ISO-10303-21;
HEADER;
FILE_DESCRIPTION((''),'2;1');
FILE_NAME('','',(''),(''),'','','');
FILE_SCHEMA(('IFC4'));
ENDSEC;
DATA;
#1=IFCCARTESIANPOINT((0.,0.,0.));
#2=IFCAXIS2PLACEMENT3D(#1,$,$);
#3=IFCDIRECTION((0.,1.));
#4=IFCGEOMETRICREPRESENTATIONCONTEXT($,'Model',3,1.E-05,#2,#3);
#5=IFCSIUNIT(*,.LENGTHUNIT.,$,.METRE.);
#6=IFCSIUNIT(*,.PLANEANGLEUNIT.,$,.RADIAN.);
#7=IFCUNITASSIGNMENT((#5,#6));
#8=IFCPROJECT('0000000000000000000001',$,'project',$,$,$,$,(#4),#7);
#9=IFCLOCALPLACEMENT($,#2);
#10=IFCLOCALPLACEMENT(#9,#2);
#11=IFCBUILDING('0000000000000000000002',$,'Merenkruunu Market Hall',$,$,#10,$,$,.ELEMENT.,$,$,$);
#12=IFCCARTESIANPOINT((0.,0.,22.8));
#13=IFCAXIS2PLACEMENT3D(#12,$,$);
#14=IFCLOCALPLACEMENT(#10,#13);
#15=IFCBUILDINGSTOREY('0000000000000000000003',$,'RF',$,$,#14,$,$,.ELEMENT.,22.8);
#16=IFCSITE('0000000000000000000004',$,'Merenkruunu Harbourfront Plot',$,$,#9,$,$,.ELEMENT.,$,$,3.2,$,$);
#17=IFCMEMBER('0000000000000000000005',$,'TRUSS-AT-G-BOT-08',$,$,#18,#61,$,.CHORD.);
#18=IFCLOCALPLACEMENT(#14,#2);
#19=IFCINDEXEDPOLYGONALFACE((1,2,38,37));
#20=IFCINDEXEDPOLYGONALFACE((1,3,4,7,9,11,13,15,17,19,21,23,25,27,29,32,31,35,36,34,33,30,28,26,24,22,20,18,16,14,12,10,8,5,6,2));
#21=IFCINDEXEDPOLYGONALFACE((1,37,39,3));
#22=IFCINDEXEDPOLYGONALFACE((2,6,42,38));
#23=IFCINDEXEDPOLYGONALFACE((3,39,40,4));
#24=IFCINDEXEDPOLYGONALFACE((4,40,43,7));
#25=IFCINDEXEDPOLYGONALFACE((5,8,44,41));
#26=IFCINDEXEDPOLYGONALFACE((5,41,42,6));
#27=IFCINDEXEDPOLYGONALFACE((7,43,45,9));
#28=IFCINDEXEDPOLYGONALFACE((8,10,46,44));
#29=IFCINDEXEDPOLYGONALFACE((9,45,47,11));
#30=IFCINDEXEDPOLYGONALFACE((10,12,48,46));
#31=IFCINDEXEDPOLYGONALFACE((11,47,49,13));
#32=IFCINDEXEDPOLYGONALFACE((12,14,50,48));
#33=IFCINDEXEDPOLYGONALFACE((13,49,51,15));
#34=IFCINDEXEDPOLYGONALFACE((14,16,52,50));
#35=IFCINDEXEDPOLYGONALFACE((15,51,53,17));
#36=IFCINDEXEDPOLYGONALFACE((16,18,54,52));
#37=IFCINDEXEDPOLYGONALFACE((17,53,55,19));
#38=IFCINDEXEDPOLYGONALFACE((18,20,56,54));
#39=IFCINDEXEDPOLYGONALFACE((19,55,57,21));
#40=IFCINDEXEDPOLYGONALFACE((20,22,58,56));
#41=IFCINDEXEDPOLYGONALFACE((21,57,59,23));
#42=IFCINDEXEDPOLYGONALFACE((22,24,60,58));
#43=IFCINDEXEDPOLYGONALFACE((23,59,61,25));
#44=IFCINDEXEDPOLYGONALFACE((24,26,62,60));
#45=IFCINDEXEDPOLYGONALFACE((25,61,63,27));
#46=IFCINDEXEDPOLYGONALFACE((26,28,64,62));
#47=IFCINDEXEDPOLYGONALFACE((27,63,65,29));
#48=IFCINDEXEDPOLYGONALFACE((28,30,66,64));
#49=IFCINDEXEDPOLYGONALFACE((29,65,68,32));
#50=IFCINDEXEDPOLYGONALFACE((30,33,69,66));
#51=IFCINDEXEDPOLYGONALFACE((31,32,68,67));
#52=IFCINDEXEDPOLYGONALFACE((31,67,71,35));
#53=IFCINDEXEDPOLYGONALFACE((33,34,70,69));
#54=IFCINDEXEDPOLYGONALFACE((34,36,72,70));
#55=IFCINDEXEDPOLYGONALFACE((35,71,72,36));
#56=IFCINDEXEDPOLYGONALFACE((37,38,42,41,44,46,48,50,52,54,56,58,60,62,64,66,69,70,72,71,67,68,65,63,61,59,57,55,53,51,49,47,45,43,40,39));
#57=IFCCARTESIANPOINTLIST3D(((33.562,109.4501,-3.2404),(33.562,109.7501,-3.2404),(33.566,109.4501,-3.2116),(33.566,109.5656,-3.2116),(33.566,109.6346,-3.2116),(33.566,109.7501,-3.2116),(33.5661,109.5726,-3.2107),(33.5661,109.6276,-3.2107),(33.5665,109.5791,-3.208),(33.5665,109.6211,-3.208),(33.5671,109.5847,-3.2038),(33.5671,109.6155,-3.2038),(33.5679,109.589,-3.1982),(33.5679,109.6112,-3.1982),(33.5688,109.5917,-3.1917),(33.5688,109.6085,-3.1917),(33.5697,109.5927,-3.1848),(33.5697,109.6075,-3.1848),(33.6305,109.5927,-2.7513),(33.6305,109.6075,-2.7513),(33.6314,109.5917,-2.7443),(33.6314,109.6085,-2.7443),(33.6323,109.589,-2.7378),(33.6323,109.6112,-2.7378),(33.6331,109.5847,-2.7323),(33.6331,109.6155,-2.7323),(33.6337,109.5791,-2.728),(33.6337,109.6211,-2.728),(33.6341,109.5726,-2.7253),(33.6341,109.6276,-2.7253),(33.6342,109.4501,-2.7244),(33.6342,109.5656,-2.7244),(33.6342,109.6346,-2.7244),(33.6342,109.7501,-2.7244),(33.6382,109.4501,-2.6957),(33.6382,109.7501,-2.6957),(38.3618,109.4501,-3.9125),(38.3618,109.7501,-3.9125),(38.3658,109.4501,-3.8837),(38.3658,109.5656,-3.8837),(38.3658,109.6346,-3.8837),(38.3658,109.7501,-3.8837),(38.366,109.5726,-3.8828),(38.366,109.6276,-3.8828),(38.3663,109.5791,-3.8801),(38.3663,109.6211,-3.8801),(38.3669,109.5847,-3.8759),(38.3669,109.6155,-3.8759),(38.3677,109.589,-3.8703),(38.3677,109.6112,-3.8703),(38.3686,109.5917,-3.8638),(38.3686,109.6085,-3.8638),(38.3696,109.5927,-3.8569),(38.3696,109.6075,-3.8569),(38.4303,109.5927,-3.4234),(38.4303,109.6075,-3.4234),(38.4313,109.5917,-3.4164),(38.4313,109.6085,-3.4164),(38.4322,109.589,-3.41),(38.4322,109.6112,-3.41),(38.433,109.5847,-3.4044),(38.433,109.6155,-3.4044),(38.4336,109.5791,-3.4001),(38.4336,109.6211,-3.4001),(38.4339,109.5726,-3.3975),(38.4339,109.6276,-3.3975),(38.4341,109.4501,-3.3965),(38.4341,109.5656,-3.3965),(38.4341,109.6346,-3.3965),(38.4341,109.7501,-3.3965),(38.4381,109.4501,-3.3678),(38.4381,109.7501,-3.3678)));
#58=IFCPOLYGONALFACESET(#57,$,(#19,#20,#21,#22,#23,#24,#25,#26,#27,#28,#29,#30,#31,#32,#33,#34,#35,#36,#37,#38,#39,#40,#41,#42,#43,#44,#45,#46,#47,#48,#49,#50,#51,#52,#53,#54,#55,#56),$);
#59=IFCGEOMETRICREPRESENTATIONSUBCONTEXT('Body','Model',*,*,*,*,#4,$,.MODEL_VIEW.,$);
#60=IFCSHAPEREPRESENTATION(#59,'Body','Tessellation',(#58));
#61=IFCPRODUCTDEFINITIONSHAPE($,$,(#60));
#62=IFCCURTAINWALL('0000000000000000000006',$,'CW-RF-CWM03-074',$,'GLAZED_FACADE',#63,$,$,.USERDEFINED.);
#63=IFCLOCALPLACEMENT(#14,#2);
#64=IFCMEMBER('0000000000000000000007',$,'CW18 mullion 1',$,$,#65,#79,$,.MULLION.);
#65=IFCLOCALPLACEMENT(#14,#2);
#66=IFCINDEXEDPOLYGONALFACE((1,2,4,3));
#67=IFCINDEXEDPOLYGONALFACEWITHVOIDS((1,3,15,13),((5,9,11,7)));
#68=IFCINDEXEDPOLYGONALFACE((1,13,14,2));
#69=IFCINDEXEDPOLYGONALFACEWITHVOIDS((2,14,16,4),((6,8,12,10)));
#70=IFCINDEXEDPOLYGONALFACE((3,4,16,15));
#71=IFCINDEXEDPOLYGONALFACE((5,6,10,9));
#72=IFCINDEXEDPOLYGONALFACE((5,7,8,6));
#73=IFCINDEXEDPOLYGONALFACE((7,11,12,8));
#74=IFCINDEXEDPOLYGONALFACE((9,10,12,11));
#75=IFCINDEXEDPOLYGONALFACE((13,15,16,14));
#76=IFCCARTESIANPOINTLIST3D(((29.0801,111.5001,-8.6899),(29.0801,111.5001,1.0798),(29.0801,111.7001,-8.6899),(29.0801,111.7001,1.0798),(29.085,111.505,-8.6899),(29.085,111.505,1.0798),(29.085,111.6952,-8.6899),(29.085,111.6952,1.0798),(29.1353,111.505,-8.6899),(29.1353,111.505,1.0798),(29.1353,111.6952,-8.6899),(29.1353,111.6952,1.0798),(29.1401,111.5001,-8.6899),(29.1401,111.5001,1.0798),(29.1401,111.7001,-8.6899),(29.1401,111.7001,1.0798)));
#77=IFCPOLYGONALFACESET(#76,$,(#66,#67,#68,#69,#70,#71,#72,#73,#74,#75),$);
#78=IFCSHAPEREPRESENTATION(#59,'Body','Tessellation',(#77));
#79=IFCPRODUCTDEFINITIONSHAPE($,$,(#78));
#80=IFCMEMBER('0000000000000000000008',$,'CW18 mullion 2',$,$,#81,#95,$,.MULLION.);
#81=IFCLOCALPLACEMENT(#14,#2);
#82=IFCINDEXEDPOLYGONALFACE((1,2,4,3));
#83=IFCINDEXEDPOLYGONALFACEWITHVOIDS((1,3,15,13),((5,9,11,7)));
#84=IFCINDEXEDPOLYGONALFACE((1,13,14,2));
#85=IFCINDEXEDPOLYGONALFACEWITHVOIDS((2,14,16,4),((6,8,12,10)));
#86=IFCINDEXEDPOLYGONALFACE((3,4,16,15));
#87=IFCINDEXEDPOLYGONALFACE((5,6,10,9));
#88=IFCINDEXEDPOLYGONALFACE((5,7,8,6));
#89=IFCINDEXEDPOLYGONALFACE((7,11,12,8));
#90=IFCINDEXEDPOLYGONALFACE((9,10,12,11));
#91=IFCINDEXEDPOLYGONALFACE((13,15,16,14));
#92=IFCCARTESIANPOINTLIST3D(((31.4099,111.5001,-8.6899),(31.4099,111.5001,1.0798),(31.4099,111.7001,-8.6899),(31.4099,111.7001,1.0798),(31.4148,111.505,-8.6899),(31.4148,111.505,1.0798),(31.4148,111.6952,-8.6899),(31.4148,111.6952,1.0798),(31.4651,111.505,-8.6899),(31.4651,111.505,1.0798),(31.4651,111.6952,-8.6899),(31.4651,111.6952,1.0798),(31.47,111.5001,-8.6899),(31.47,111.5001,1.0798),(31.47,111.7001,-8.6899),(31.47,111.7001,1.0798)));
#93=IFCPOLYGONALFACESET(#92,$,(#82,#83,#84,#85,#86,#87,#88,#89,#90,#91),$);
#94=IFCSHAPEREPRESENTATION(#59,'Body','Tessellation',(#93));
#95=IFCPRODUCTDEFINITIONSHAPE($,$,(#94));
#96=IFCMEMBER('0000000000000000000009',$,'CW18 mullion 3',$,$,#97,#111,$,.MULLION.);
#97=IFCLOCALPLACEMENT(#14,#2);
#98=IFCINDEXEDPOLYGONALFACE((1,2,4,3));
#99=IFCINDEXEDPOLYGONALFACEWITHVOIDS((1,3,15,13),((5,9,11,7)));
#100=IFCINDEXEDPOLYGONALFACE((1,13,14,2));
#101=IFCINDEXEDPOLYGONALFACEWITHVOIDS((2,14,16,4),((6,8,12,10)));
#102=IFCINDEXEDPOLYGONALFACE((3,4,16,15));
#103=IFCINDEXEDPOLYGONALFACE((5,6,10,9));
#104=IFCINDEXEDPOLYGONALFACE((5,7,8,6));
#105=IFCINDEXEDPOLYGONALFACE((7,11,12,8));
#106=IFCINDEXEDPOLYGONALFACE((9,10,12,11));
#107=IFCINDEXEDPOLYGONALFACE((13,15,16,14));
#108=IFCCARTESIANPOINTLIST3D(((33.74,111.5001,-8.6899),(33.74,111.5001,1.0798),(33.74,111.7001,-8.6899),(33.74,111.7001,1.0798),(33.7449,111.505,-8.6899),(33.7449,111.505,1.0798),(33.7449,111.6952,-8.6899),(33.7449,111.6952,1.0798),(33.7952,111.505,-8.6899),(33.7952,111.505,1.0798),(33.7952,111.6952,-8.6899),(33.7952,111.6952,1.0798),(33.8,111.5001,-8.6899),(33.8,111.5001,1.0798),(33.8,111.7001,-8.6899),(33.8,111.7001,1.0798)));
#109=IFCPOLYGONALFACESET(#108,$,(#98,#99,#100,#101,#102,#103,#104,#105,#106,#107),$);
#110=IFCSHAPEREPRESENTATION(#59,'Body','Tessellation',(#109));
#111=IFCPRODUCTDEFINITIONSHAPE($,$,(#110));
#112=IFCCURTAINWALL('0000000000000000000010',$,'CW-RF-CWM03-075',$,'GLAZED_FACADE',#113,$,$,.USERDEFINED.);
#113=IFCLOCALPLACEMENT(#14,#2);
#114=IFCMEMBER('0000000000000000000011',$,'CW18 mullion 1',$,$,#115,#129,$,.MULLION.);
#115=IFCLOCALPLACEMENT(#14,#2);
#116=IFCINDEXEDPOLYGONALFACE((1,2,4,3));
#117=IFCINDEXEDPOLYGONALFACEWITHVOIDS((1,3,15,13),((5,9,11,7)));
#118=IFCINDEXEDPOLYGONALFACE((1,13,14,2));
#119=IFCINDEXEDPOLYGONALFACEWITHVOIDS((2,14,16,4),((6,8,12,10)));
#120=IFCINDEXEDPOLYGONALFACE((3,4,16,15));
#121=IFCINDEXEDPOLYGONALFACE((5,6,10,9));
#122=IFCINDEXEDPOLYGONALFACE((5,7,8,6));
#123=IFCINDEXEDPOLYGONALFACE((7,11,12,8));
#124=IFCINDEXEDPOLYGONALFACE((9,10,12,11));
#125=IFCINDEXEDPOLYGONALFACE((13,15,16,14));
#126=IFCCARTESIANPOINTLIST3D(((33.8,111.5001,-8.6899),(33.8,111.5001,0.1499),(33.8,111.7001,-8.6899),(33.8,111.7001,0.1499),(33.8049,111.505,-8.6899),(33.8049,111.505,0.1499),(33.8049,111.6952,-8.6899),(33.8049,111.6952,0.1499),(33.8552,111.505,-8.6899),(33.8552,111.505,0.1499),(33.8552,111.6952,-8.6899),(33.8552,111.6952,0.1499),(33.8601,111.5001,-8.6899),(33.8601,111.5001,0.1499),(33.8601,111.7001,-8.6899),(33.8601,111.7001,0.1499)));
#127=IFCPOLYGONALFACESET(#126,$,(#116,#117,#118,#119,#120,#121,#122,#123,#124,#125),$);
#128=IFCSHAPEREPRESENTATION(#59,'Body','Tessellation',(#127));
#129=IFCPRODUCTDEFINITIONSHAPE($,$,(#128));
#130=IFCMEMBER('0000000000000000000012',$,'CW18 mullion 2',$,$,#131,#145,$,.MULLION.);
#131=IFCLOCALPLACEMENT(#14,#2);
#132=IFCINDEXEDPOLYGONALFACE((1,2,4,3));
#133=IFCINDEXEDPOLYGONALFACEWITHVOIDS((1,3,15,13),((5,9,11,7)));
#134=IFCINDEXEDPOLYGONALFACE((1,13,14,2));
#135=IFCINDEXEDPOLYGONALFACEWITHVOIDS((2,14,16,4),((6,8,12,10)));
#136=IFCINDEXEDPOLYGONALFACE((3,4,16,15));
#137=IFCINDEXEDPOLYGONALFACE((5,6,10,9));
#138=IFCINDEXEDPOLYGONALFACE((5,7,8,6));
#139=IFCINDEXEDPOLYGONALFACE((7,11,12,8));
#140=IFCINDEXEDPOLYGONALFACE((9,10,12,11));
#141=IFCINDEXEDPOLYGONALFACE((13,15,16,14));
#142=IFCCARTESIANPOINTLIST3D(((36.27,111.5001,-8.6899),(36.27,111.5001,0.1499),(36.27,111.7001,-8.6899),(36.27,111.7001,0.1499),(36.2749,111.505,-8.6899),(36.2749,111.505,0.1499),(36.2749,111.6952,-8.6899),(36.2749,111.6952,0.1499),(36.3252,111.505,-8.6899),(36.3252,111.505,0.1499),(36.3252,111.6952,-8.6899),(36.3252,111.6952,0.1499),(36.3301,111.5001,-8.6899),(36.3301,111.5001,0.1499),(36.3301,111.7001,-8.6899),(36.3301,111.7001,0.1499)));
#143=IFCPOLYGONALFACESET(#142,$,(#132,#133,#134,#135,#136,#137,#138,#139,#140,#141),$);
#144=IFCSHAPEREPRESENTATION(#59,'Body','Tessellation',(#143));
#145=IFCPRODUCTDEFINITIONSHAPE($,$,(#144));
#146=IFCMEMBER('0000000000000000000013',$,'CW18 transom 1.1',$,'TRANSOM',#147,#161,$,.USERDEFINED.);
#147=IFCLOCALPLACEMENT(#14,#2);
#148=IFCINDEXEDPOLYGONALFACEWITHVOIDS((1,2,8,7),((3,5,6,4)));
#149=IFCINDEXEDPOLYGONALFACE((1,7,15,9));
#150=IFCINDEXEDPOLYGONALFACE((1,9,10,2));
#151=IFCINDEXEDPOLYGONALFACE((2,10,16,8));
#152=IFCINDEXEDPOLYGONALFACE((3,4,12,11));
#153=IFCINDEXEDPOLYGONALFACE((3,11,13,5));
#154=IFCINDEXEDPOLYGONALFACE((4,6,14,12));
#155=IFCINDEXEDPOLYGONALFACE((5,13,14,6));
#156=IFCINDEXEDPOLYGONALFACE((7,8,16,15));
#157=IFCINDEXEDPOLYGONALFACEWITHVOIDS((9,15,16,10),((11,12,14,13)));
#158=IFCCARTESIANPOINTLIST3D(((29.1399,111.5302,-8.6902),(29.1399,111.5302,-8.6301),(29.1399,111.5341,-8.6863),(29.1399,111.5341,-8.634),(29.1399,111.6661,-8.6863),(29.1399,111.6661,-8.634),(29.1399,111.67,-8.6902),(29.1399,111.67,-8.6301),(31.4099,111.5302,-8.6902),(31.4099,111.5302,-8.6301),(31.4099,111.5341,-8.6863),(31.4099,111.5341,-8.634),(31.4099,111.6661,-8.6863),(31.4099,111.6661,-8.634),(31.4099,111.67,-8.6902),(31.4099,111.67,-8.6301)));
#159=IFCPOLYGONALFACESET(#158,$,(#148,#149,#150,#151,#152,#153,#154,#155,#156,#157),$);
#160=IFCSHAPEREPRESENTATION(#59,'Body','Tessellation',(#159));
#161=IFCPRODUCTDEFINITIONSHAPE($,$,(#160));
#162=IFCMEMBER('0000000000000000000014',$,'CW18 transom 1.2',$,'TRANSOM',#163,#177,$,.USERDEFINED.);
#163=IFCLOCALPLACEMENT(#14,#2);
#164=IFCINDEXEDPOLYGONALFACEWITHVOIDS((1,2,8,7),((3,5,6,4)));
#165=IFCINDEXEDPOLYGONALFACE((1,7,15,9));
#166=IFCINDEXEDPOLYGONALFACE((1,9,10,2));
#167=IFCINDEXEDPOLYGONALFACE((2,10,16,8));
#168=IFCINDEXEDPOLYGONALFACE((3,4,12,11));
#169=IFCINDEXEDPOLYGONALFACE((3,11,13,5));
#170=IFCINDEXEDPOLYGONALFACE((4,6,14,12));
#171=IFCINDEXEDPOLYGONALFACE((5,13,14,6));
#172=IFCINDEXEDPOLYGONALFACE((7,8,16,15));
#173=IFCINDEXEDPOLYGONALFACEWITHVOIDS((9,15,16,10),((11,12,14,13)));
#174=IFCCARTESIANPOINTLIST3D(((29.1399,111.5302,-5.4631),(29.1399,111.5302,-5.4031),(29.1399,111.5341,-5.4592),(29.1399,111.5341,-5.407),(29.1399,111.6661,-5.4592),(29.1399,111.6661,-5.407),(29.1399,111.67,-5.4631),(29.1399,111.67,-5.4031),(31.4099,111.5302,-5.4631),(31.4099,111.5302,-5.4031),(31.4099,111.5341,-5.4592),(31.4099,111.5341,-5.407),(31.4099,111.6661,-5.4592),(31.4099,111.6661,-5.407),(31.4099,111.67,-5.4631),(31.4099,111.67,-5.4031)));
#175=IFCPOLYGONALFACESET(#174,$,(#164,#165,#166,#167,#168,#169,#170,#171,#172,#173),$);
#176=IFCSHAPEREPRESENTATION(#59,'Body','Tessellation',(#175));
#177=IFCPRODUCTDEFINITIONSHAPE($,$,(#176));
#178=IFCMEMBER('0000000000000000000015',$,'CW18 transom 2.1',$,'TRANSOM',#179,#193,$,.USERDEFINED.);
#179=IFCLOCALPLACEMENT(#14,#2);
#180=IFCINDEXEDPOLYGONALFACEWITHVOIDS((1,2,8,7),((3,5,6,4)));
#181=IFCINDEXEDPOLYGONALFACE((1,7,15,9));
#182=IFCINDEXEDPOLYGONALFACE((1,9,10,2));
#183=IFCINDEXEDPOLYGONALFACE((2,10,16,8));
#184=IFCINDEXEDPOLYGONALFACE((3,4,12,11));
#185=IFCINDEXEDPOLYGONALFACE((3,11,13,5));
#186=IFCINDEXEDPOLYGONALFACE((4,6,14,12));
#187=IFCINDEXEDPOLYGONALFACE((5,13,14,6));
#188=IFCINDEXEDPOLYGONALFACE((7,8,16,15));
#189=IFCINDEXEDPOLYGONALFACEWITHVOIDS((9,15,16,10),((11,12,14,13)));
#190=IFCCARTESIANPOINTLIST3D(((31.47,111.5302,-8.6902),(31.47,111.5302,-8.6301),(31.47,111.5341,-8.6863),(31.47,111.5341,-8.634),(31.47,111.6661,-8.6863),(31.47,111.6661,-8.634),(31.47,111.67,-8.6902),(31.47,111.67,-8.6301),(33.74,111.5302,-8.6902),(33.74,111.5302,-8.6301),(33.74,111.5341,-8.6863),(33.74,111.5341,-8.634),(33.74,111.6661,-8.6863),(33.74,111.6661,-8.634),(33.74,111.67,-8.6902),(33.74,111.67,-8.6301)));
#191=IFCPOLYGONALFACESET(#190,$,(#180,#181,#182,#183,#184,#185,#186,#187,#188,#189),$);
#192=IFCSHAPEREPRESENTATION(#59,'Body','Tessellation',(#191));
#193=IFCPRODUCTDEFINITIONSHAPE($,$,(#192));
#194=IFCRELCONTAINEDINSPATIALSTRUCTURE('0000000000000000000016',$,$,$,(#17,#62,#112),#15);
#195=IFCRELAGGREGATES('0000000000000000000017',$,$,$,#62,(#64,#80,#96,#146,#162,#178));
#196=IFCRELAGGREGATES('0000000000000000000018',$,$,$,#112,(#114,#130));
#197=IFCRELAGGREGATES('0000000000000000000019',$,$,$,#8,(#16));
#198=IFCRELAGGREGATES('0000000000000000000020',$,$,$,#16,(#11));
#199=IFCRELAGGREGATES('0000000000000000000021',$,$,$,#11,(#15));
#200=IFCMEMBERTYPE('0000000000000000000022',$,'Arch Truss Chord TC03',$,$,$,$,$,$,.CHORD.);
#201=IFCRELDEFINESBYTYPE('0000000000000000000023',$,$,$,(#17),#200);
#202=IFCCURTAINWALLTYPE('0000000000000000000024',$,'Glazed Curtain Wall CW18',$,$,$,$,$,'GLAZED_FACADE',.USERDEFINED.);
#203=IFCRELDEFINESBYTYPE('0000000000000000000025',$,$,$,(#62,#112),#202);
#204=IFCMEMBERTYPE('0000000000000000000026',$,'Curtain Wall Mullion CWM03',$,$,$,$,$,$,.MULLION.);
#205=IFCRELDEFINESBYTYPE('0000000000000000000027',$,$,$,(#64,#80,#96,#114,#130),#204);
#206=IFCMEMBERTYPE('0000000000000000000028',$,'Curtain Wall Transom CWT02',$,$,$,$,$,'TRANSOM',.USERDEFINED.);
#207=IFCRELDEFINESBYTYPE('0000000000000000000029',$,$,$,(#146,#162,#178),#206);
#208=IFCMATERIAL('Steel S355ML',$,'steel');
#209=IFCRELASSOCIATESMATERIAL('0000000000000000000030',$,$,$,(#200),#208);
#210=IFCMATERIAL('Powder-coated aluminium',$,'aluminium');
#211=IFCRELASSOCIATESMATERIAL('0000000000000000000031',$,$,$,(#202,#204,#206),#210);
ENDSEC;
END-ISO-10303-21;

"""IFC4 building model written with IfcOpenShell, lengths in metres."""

from ifc_helpers import new_model, si_unit, direction, frame, origin, origin_2d, place, context, subcontext, project, spatial, hollow_rectangle, i_section, extrude, material, material_profile, profile_set, type_object, element, aggregate, save


model = new_model("IFC4")

# Units and contexts
model_context = context("Model", 3, precision=1e-05, world=origin(), true_north=direction((0.0, 1.0)))
body_context = subcontext(model_context, "Body", "Model", "MODEL_VIEW")
ifc_project = project(units=[si_unit("LENGTHUNIT", "METRE"), si_unit("PLANEANGLEUNIT", "RADIAN")], contexts=[model_context])

# Site, building, storey
site_placement = place(None, origin())
site = spatial("IfcSite", under=ifc_project, at=site_placement, Name="Merenkruunu Harbourfront Plot", CompositionType="ELEMENT", RefElevation=3.2)
building_placement = place(site_placement, origin())
building = spatial("IfcBuilding", under=site, at=building_placement, Name="Merenkruunu Market Hall", CompositionType="ELEMENT")
storey_placement = place(building_placement, frame((0.0, 0.0, 22.8)))
storey = spatial("IfcBuildingStorey", under=building, at=storey_placement, Name="RF", CompositionType="ELEMENT", Elevation=22.8)

# Member
ifc_material_1 = material(Name="Steel S355ML", Category="steel")
ifc_material_profile_1 = material_profile(ifc_material_1, i_section(OverallWidth=0.3, OverallDepth=0.55, WebThickness=0.0149, FlangeThickness=0.0291, FilletRadius=0.0271, at=origin_2d()), Name="HEB 550")
ifc_profile_set_1 = profile_set([ifc_material_profile_1], Name="Steel S355ML")
member_type_1 = type_object("IfcMemberType", Name="Arch Truss Chord TC03", PredefinedType="CHORD", material=ifc_profile_set_1)
member_1_placement = place(storey_placement, frame((33.6001, 109.6001, -2.968), z_axis=(0.990338, 0.0, -0.138677), x_axis=(0.0, 1.0, 0.0)))
element("IfcMember", 1, at=member_1_placement, inside=storey, type_object=member_type_1, Name="TRUSS-AT-G-BOT-08", PredefinedType="CHORD", context=body_context, shape_type="SweptSolid", body=[
    extrude(i_section(OverallWidth=0.3, OverallDepth=0.55, WebThickness=0.0149, FlangeThickness=0.0291, FilletRadius=0.0271, at=origin_2d()), origin(), (0.0, 0.0, 1.0), 4.8467),
])

# Curtain walls, members
ifc_material_2 = material(Name="Powder-coated aluminium", Category="aluminium")
curtain_wall_type = type_object("IfcCurtainWallType", Name="Glazed Curtain Wall CW18", ElementType="GLAZED_FACADE", PredefinedType="USERDEFINED", material=ifc_material_2)
curtain_wall_1_placement = place(storey_placement, origin())
curtain_wall_1 = element("IfcCurtainWall", 2, at=curtain_wall_1_placement, inside=storey, type_object=curtain_wall_type, Name="CW-RF-CWM03-074", ObjectType="GLAZED_FACADE", PredefinedType="USERDEFINED")
ifc_material_profile_2 = material_profile(ifc_material_2, hollow_rectangle(XDim=0.0601, YDim=0.2, WallThickness=0.0049, at=origin_2d()), Name="ALU 60x200x5")
ifc_profile_set_2 = profile_set([ifc_material_profile_2], Name="Powder-coated aluminium")
member_type_2 = type_object("IfcMemberType", Name="Curtain Wall Mullion CWM03", PredefinedType="MULLION", material=ifc_profile_set_2)
member_2_placement = place(storey_placement, frame((29.1101, 111.6001, -8.6899), z_axis=(0.0, 0.0, 1.0), x_axis=(1.0, 0.0, 0.0)))
member_2 = element("IfcMember", 3, at=member_2_placement, type_object=member_type_2, Name="CW18 mullion 1", PredefinedType="MULLION", context=body_context, shape_type="SweptSolid", body=[
    extrude(hollow_rectangle(XDim=0.0601, YDim=0.2, WallThickness=0.0049, at=origin_2d()), origin(), (0.0, 0.0, 1.0), 9.7698),
])
member_3_placement = place(storey_placement, frame((31.4399, 111.6001, -8.6899), z_axis=(0.0, 0.0, 1.0), x_axis=(1.0, 0.0, 0.0)))
member_3 = element("IfcMember", 4, at=member_3_placement, type_object=member_type_2, Name="CW18 mullion 2", PredefinedType="MULLION", context=body_context, shape_type="SweptSolid", body=[
    extrude(hollow_rectangle(XDim=0.0601, YDim=0.2, WallThickness=0.0049, at=origin_2d()), origin(), (0.0, 0.0, 1.0), 9.7698),
])
member_4_placement = place(storey_placement, frame((33.77, 111.6001, -8.6899), z_axis=(0.0, 0.0, 1.0), x_axis=(1.0, 0.0, 0.0)))
member_4 = element("IfcMember", 5, at=member_4_placement, type_object=member_type_2, Name="CW18 mullion 3", PredefinedType="MULLION", context=body_context, shape_type="SweptSolid", body=[
    extrude(hollow_rectangle(XDim=0.0601, YDim=0.2, WallThickness=0.0049, at=origin_2d()), origin(), (0.0, 0.0, 1.0), 9.7698),
])
curtain_wall_2_placement = place(storey_placement, origin())
curtain_wall_2 = element("IfcCurtainWall", 6, at=curtain_wall_2_placement, inside=storey, type_object=curtain_wall_type, Name="CW-RF-CWM03-075", ObjectType="GLAZED_FACADE", PredefinedType="USERDEFINED")
member_5_placement = place(storey_placement, frame((33.8301, 111.6001, -8.6899), z_axis=(0.0, 0.0, 1.0), x_axis=(1.0, 0.0, 0.0)))
member_5 = element("IfcMember", 7, at=member_5_placement, type_object=member_type_2, Name="CW18 mullion 1", PredefinedType="MULLION", context=body_context, shape_type="SweptSolid", body=[
    extrude(hollow_rectangle(XDim=0.0601, YDim=0.2, WallThickness=0.0049, at=origin_2d()), origin(), (0.0, 0.0, 1.0), 8.8398),
])
member_6_placement = place(storey_placement, frame((36.3, 111.6001, -8.6899), z_axis=(0.0, 0.0, 1.0), x_axis=(1.0, 0.0, 0.0)))
member_6 = element("IfcMember", 8, at=member_6_placement, type_object=member_type_2, Name="CW18 mullion 2", PredefinedType="MULLION", context=body_context, shape_type="SweptSolid", body=[
    extrude(hollow_rectangle(XDim=0.0601, YDim=0.2, WallThickness=0.0049, at=origin_2d()), origin(), (0.0, 0.0, 1.0), 8.8398),
])

# Members
ifc_material_profile_3 = material_profile(ifc_material_2, hollow_rectangle(XDim=0.0601, YDim=0.1399, WallThickness=0.0039, at=origin_2d()), Name="ALU 60x140x4")
ifc_profile_set_3 = profile_set([ifc_material_profile_3], Name="Powder-coated aluminium")
member_type_3 = type_object("IfcMemberType", Name="Curtain Wall Transom CWT02", ElementType="TRANSOM", PredefinedType="USERDEFINED", material=ifc_profile_set_3)
member_7_placement = place(storey_placement, frame((29.1399, 111.6001, -8.6602), z_axis=(1.0, 0.0, 0.0), x_axis=(0.0, 0.0, 1.0)))
member_7 = element("IfcMember", 9, at=member_7_placement, type_object=member_type_3, Name="CW18 transom 1.1", ObjectType="TRANSOM", PredefinedType="USERDEFINED", context=body_context, shape_type="SweptSolid", body=[
    extrude(hollow_rectangle(XDim=0.0601, YDim=0.1399, WallThickness=0.0039, at=origin_2d()), origin(), (0.0, 0.0, 1.0), 2.27),
])
member_8_placement = place(storey_placement, frame((29.1399, 111.6001, -5.4331), z_axis=(1.0, 0.0, 0.0), x_axis=(0.0, 0.0, 1.0)))
member_8 = element("IfcMember", 10, at=member_8_placement, type_object=member_type_3, Name="CW18 transom 1.2", ObjectType="TRANSOM", PredefinedType="USERDEFINED", context=body_context, shape_type="SweptSolid", body=[
    extrude(hollow_rectangle(XDim=0.0601, YDim=0.1399, WallThickness=0.0039, at=origin_2d()), origin(), (0.0, 0.0, 1.0), 2.27),
])
member_9_placement = place(storey_placement, frame((31.47, 111.6001, -8.6602), z_axis=(1.0, 0.0, 0.0), x_axis=(0.0, 0.0, 1.0)))
member_9 = element("IfcMember", 11, at=member_9_placement, type_object=member_type_3, Name="CW18 transom 2.1", ObjectType="TRANSOM", PredefinedType="USERDEFINED", context=body_context, shape_type="SweptSolid", body=[
    extrude(hollow_rectangle(XDim=0.0601, YDim=0.1399, WallThickness=0.0039, at=origin_2d()), origin(), (0.0, 0.0, 1.0), 2.27),
])

aggregate(curtain_wall_1, [member_2, member_3, member_4, member_7, member_8, member_9])
aggregate(curtain_wall_2, [member_5, member_6])

save(model, "model.ifc")
